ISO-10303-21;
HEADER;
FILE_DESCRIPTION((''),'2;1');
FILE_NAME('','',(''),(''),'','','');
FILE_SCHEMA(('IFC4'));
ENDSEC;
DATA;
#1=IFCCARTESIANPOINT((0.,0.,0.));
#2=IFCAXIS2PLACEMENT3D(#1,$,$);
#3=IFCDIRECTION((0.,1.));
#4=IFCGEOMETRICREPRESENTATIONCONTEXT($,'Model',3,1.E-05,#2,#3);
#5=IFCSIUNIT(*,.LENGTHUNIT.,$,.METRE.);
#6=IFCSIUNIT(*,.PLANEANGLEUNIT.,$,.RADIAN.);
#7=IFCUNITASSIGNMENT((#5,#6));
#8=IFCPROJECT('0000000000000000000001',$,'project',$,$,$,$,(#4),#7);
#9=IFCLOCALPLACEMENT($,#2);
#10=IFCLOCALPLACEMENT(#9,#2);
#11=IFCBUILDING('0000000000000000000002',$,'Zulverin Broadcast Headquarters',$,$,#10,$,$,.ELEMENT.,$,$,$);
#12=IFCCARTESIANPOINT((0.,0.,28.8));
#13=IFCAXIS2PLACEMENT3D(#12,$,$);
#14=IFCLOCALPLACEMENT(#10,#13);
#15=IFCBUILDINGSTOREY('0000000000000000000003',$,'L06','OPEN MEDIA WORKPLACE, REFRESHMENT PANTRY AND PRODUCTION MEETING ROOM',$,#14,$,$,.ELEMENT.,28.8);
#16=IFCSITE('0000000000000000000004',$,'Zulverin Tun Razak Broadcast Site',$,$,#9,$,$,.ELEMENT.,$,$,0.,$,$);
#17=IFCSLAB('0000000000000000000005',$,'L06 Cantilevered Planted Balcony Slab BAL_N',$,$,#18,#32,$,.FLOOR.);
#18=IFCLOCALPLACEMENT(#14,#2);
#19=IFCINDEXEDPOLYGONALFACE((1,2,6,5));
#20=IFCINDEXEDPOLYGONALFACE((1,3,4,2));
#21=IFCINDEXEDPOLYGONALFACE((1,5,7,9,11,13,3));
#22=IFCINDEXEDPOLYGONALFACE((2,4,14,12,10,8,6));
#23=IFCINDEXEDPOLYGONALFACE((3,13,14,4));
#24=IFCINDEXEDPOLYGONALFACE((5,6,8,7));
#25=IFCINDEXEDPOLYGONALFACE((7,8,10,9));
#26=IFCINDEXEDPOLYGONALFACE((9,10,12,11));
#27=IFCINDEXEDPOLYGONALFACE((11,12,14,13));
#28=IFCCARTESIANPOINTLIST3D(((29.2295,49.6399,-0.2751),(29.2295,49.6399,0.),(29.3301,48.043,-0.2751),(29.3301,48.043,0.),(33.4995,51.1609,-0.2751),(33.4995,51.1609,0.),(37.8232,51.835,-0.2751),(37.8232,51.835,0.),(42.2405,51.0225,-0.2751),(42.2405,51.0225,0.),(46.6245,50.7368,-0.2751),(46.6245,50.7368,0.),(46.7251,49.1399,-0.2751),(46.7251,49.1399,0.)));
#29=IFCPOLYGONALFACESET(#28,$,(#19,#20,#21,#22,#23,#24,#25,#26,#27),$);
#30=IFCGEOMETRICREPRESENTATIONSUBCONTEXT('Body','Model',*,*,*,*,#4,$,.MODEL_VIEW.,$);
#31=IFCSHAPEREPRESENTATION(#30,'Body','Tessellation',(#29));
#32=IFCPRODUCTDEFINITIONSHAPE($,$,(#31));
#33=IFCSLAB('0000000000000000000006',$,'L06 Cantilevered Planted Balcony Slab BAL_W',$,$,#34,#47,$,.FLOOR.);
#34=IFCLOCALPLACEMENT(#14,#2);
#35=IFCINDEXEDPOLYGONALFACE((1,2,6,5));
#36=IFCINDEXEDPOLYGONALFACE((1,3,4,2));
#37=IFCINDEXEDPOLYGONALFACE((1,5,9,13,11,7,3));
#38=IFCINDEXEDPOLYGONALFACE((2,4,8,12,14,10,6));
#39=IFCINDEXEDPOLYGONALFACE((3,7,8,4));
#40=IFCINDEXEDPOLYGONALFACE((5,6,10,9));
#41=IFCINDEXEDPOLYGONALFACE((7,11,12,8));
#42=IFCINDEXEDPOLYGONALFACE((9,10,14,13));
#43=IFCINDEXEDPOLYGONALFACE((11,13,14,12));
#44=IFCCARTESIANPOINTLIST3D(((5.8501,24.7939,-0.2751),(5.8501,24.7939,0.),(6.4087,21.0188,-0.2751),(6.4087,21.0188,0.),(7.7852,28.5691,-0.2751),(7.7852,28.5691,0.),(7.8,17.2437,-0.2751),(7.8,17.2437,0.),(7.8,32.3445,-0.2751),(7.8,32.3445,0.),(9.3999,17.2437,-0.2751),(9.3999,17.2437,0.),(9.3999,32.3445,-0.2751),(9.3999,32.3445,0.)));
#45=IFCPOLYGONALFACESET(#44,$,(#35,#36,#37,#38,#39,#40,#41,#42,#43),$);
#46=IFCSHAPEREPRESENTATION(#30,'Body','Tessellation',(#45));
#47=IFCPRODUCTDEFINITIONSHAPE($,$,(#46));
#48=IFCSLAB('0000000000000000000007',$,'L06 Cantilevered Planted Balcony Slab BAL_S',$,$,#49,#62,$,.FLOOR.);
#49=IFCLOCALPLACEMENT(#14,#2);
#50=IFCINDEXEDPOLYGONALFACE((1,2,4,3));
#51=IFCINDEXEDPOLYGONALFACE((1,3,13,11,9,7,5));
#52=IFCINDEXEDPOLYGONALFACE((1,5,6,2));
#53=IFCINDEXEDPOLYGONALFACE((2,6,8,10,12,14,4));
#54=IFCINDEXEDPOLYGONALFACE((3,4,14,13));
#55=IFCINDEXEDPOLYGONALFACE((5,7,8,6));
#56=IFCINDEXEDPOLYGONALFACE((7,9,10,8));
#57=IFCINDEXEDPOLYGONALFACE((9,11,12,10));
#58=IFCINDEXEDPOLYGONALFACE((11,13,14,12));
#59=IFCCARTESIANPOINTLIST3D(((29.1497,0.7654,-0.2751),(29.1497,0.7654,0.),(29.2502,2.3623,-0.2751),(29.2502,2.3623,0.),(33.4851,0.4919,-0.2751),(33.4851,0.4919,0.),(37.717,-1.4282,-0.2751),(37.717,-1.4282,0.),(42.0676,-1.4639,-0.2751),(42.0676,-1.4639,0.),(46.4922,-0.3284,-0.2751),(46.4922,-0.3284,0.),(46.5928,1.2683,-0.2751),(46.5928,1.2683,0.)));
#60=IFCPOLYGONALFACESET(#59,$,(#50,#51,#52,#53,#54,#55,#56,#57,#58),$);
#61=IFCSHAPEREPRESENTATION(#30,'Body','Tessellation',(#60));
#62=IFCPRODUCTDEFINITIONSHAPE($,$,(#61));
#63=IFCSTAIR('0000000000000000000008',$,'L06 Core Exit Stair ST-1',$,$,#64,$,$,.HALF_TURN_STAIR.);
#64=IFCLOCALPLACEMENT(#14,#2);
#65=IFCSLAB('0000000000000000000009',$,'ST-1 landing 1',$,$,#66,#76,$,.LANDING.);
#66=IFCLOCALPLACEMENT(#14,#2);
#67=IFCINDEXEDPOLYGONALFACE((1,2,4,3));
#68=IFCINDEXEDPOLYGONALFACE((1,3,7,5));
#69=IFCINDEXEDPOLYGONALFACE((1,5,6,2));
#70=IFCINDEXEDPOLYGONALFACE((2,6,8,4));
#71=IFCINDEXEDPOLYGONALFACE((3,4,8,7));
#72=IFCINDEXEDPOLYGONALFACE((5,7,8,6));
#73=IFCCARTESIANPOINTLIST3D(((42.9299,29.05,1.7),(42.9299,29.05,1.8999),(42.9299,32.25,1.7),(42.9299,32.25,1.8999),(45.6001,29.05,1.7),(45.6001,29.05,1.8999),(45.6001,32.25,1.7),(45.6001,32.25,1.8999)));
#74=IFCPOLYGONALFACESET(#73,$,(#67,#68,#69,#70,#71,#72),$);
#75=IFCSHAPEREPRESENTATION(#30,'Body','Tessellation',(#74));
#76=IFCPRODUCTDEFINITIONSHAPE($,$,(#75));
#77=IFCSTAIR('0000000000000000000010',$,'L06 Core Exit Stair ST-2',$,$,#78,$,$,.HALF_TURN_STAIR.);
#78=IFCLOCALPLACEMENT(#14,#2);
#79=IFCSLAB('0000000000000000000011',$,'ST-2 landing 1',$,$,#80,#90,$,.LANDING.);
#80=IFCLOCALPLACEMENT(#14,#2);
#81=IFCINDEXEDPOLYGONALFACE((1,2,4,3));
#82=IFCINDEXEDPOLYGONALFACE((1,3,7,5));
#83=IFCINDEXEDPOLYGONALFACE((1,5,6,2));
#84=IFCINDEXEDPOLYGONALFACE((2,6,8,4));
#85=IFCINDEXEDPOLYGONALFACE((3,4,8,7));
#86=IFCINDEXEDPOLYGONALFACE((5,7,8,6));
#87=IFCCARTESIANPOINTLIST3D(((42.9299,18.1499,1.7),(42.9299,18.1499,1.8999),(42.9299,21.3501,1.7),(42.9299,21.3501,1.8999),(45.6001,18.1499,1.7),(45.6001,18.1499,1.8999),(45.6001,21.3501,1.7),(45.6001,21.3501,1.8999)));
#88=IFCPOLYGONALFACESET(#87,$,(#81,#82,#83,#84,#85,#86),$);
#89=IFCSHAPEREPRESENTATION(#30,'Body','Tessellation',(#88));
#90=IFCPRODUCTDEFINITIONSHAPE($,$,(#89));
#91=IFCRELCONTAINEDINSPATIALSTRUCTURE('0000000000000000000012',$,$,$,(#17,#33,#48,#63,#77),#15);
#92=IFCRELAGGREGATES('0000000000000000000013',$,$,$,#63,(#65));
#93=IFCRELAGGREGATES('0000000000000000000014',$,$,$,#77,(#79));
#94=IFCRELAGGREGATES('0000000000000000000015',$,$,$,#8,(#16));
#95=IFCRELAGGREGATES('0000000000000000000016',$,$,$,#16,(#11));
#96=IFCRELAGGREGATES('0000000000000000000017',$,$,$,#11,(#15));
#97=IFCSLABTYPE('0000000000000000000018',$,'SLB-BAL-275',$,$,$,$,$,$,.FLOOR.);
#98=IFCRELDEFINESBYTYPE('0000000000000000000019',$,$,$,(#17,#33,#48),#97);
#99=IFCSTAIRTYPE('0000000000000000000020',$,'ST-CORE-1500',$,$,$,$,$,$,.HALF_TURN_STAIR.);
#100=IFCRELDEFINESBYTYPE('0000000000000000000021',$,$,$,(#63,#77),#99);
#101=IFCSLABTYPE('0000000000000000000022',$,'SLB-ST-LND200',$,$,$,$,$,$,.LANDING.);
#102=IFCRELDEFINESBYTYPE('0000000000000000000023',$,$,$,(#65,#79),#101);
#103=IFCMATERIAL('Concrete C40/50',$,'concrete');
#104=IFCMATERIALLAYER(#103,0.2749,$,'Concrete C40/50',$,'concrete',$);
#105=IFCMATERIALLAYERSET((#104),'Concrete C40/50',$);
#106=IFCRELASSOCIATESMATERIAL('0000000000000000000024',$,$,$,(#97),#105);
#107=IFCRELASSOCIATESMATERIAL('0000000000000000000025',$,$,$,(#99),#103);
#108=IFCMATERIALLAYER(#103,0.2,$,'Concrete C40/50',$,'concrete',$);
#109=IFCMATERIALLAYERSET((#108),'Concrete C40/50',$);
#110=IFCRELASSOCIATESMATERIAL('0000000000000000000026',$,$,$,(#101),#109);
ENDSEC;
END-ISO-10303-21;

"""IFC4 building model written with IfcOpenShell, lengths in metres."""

from ifc_helpers import new_model, si_unit, direction, frame, origin, place, context, subcontext, project, spatial, polyline, outline, extrude, material, layer, layer_set, type_object, element, aggregate, save


model = new_model("IFC4")

# Units and contexts
model_context = context("Model", 3, precision=1e-05, world=origin(), true_north=direction((0.0, 1.0)))
body_context = subcontext(model_context, "Body", "Model", "MODEL_VIEW")
ifc_project = project(units=[si_unit("LENGTHUNIT", "METRE"), si_unit("PLANEANGLEUNIT", "RADIAN")], contexts=[model_context])

# Site, building, storey
site_placement = place(None, origin())
site = spatial("IfcSite", under=ifc_project, at=site_placement, Name="Zulverin Tun Razak Broadcast Site", CompositionType="ELEMENT", RefElevation=0.0)
building_placement = place(site_placement, origin())
building = spatial("IfcBuilding", under=site, at=building_placement, Name="Zulverin Broadcast Headquarters", CompositionType="ELEMENT")
storey_placement = place(building_placement, frame((0.0, 0.0, 28.8)))
storey = spatial("IfcBuildingStorey", under=building, at=storey_placement, Name="L06", Description="OPEN MEDIA WORKPLACE, REFRESHMENT PANTRY AND PRODUCTION MEETING ROOM", CompositionType="ELEMENT", Elevation=28.8)

# Slabs
ifc_material_1 = material(Name="Concrete C40/50", Category="concrete")
ifc_layer_1 = layer(ifc_material_1, 0.2749, Name="Concrete C40/50", Category="concrete")
ifc_layer_set_1 = layer_set([ifc_layer_1], Name="Concrete C40/50")
slab_type_1 = type_object("IfcSlabType", Name="SLB-BAL-275", PredefinedType="FLOOR", material=ifc_layer_set_1)
slab_1_placement = place(storey_placement, frame((0.0, 0.0, -0.2751)))
element("IfcSlab", 1, at=slab_1_placement, inside=storey, type_object=slab_type_1, Name="L06 Cantilevered Planted Balcony Slab BAL_N", PredefinedType="FLOOR", context=body_context, shape_type="SweptSolid", body=[
    extrude(outline(polyline([(29.3301, 48.043), (46.7251, 49.1399), (46.6245, 50.7368), (42.2405, 51.0225), (37.8232, 51.835), (33.4995, 51.1609), (29.2295, 49.6399), (29.3301, 48.043)])), origin(), (0.0, 0.0, 1.0), 0.2751),
])
slab_2_placement = place(storey_placement, frame((0.0, 0.0, -0.2751)))
element("IfcSlab", 2, at=slab_2_placement, inside=storey, type_object=slab_type_1, Name="L06 Cantilevered Planted Balcony Slab BAL_W", PredefinedType="FLOOR", context=body_context, shape_type="SweptSolid", body=[
    extrude(outline(polyline([(9.3999, 17.2437), (9.3999, 32.3445), (7.8, 32.3445), (7.7852, 28.5691), (5.8501, 24.7939), (6.4087, 21.0188), (7.8, 17.2437), (9.3999, 17.2437)])), origin(), (0.0, 0.0, 1.0), 0.2751),
])
slab_3_placement = place(storey_placement, frame((0.0, 0.0, -0.2751)))
element("IfcSlab", 3, at=slab_3_placement, inside=storey, type_object=slab_type_1, Name="L06 Cantilevered Planted Balcony Slab BAL_S", PredefinedType="FLOOR", context=body_context, shape_type="SweptSolid", body=[
    extrude(outline(polyline([(46.5928, 1.2683), (29.2502, 2.3623), (29.1497, 0.7654), (33.4851, 0.4919), (37.717, -1.4282), (42.0676, -1.4639), (46.4922, -0.3284), (46.5928, 1.2683)])), origin(), (0.0, 0.0, 1.0), 0.2751),
])

# Stairs, slabs
stair_type = type_object("IfcStairType", Name="ST-CORE-1500", PredefinedType="HALF_TURN_STAIR", material=ifc_material_1)
stair_1_placement = place(storey_placement, origin())
stair_1 = element("IfcStair", 4, at=stair_1_placement, inside=storey, type_object=stair_type, Name="L06 Core Exit Stair ST-1", PredefinedType="HALF_TURN_STAIR")
ifc_layer_2 = layer(ifc_material_1, 0.2, Name="Concrete C40/50", Category="concrete")
ifc_layer_set_2 = layer_set([ifc_layer_2], Name="Concrete C40/50")
slab_type_2 = type_object("IfcSlabType", Name="SLB-ST-LND200", PredefinedType="LANDING", material=ifc_layer_set_2)
slab_4_placement = place(storey_placement, frame((0.0, 0.0, 1.7)))
slab_4 = element("IfcSlab", 5, at=slab_4_placement, type_object=slab_type_2, Name="ST-1 landing 1", PredefinedType="LANDING", context=body_context, shape_type="SweptSolid", body=[
    extrude(outline(polyline([(42.9299, 29.05), (45.6001, 29.05), (45.6001, 32.25), (42.9299, 32.25), (42.9299, 29.05)])), origin(), (0.0, 0.0, 1.0), 0.2),
])
aggregate(stair_1, [slab_4])
stair_2_placement = place(storey_placement, origin())
stair_2 = element("IfcStair", 6, at=stair_2_placement, inside=storey, type_object=stair_type, Name="L06 Core Exit Stair ST-2", PredefinedType="HALF_TURN_STAIR")
slab_5_placement = place(storey_placement, frame((0.0, 0.0, 1.7)))
slab_5 = element("IfcSlab", 7, at=slab_5_placement, type_object=slab_type_2, Name="ST-2 landing 1", PredefinedType="LANDING", context=body_context, shape_type="SweptSolid", body=[
    extrude(outline(polyline([(42.9299, 18.1499), (45.6001, 18.1499), (45.6001, 21.3501), (42.9299, 21.3501), (42.9299, 18.1499)])), origin(), (0.0, 0.0, 1.0), 0.2),
])
aggregate(stair_2, [slab_5])

save(model, "model.ifc")
